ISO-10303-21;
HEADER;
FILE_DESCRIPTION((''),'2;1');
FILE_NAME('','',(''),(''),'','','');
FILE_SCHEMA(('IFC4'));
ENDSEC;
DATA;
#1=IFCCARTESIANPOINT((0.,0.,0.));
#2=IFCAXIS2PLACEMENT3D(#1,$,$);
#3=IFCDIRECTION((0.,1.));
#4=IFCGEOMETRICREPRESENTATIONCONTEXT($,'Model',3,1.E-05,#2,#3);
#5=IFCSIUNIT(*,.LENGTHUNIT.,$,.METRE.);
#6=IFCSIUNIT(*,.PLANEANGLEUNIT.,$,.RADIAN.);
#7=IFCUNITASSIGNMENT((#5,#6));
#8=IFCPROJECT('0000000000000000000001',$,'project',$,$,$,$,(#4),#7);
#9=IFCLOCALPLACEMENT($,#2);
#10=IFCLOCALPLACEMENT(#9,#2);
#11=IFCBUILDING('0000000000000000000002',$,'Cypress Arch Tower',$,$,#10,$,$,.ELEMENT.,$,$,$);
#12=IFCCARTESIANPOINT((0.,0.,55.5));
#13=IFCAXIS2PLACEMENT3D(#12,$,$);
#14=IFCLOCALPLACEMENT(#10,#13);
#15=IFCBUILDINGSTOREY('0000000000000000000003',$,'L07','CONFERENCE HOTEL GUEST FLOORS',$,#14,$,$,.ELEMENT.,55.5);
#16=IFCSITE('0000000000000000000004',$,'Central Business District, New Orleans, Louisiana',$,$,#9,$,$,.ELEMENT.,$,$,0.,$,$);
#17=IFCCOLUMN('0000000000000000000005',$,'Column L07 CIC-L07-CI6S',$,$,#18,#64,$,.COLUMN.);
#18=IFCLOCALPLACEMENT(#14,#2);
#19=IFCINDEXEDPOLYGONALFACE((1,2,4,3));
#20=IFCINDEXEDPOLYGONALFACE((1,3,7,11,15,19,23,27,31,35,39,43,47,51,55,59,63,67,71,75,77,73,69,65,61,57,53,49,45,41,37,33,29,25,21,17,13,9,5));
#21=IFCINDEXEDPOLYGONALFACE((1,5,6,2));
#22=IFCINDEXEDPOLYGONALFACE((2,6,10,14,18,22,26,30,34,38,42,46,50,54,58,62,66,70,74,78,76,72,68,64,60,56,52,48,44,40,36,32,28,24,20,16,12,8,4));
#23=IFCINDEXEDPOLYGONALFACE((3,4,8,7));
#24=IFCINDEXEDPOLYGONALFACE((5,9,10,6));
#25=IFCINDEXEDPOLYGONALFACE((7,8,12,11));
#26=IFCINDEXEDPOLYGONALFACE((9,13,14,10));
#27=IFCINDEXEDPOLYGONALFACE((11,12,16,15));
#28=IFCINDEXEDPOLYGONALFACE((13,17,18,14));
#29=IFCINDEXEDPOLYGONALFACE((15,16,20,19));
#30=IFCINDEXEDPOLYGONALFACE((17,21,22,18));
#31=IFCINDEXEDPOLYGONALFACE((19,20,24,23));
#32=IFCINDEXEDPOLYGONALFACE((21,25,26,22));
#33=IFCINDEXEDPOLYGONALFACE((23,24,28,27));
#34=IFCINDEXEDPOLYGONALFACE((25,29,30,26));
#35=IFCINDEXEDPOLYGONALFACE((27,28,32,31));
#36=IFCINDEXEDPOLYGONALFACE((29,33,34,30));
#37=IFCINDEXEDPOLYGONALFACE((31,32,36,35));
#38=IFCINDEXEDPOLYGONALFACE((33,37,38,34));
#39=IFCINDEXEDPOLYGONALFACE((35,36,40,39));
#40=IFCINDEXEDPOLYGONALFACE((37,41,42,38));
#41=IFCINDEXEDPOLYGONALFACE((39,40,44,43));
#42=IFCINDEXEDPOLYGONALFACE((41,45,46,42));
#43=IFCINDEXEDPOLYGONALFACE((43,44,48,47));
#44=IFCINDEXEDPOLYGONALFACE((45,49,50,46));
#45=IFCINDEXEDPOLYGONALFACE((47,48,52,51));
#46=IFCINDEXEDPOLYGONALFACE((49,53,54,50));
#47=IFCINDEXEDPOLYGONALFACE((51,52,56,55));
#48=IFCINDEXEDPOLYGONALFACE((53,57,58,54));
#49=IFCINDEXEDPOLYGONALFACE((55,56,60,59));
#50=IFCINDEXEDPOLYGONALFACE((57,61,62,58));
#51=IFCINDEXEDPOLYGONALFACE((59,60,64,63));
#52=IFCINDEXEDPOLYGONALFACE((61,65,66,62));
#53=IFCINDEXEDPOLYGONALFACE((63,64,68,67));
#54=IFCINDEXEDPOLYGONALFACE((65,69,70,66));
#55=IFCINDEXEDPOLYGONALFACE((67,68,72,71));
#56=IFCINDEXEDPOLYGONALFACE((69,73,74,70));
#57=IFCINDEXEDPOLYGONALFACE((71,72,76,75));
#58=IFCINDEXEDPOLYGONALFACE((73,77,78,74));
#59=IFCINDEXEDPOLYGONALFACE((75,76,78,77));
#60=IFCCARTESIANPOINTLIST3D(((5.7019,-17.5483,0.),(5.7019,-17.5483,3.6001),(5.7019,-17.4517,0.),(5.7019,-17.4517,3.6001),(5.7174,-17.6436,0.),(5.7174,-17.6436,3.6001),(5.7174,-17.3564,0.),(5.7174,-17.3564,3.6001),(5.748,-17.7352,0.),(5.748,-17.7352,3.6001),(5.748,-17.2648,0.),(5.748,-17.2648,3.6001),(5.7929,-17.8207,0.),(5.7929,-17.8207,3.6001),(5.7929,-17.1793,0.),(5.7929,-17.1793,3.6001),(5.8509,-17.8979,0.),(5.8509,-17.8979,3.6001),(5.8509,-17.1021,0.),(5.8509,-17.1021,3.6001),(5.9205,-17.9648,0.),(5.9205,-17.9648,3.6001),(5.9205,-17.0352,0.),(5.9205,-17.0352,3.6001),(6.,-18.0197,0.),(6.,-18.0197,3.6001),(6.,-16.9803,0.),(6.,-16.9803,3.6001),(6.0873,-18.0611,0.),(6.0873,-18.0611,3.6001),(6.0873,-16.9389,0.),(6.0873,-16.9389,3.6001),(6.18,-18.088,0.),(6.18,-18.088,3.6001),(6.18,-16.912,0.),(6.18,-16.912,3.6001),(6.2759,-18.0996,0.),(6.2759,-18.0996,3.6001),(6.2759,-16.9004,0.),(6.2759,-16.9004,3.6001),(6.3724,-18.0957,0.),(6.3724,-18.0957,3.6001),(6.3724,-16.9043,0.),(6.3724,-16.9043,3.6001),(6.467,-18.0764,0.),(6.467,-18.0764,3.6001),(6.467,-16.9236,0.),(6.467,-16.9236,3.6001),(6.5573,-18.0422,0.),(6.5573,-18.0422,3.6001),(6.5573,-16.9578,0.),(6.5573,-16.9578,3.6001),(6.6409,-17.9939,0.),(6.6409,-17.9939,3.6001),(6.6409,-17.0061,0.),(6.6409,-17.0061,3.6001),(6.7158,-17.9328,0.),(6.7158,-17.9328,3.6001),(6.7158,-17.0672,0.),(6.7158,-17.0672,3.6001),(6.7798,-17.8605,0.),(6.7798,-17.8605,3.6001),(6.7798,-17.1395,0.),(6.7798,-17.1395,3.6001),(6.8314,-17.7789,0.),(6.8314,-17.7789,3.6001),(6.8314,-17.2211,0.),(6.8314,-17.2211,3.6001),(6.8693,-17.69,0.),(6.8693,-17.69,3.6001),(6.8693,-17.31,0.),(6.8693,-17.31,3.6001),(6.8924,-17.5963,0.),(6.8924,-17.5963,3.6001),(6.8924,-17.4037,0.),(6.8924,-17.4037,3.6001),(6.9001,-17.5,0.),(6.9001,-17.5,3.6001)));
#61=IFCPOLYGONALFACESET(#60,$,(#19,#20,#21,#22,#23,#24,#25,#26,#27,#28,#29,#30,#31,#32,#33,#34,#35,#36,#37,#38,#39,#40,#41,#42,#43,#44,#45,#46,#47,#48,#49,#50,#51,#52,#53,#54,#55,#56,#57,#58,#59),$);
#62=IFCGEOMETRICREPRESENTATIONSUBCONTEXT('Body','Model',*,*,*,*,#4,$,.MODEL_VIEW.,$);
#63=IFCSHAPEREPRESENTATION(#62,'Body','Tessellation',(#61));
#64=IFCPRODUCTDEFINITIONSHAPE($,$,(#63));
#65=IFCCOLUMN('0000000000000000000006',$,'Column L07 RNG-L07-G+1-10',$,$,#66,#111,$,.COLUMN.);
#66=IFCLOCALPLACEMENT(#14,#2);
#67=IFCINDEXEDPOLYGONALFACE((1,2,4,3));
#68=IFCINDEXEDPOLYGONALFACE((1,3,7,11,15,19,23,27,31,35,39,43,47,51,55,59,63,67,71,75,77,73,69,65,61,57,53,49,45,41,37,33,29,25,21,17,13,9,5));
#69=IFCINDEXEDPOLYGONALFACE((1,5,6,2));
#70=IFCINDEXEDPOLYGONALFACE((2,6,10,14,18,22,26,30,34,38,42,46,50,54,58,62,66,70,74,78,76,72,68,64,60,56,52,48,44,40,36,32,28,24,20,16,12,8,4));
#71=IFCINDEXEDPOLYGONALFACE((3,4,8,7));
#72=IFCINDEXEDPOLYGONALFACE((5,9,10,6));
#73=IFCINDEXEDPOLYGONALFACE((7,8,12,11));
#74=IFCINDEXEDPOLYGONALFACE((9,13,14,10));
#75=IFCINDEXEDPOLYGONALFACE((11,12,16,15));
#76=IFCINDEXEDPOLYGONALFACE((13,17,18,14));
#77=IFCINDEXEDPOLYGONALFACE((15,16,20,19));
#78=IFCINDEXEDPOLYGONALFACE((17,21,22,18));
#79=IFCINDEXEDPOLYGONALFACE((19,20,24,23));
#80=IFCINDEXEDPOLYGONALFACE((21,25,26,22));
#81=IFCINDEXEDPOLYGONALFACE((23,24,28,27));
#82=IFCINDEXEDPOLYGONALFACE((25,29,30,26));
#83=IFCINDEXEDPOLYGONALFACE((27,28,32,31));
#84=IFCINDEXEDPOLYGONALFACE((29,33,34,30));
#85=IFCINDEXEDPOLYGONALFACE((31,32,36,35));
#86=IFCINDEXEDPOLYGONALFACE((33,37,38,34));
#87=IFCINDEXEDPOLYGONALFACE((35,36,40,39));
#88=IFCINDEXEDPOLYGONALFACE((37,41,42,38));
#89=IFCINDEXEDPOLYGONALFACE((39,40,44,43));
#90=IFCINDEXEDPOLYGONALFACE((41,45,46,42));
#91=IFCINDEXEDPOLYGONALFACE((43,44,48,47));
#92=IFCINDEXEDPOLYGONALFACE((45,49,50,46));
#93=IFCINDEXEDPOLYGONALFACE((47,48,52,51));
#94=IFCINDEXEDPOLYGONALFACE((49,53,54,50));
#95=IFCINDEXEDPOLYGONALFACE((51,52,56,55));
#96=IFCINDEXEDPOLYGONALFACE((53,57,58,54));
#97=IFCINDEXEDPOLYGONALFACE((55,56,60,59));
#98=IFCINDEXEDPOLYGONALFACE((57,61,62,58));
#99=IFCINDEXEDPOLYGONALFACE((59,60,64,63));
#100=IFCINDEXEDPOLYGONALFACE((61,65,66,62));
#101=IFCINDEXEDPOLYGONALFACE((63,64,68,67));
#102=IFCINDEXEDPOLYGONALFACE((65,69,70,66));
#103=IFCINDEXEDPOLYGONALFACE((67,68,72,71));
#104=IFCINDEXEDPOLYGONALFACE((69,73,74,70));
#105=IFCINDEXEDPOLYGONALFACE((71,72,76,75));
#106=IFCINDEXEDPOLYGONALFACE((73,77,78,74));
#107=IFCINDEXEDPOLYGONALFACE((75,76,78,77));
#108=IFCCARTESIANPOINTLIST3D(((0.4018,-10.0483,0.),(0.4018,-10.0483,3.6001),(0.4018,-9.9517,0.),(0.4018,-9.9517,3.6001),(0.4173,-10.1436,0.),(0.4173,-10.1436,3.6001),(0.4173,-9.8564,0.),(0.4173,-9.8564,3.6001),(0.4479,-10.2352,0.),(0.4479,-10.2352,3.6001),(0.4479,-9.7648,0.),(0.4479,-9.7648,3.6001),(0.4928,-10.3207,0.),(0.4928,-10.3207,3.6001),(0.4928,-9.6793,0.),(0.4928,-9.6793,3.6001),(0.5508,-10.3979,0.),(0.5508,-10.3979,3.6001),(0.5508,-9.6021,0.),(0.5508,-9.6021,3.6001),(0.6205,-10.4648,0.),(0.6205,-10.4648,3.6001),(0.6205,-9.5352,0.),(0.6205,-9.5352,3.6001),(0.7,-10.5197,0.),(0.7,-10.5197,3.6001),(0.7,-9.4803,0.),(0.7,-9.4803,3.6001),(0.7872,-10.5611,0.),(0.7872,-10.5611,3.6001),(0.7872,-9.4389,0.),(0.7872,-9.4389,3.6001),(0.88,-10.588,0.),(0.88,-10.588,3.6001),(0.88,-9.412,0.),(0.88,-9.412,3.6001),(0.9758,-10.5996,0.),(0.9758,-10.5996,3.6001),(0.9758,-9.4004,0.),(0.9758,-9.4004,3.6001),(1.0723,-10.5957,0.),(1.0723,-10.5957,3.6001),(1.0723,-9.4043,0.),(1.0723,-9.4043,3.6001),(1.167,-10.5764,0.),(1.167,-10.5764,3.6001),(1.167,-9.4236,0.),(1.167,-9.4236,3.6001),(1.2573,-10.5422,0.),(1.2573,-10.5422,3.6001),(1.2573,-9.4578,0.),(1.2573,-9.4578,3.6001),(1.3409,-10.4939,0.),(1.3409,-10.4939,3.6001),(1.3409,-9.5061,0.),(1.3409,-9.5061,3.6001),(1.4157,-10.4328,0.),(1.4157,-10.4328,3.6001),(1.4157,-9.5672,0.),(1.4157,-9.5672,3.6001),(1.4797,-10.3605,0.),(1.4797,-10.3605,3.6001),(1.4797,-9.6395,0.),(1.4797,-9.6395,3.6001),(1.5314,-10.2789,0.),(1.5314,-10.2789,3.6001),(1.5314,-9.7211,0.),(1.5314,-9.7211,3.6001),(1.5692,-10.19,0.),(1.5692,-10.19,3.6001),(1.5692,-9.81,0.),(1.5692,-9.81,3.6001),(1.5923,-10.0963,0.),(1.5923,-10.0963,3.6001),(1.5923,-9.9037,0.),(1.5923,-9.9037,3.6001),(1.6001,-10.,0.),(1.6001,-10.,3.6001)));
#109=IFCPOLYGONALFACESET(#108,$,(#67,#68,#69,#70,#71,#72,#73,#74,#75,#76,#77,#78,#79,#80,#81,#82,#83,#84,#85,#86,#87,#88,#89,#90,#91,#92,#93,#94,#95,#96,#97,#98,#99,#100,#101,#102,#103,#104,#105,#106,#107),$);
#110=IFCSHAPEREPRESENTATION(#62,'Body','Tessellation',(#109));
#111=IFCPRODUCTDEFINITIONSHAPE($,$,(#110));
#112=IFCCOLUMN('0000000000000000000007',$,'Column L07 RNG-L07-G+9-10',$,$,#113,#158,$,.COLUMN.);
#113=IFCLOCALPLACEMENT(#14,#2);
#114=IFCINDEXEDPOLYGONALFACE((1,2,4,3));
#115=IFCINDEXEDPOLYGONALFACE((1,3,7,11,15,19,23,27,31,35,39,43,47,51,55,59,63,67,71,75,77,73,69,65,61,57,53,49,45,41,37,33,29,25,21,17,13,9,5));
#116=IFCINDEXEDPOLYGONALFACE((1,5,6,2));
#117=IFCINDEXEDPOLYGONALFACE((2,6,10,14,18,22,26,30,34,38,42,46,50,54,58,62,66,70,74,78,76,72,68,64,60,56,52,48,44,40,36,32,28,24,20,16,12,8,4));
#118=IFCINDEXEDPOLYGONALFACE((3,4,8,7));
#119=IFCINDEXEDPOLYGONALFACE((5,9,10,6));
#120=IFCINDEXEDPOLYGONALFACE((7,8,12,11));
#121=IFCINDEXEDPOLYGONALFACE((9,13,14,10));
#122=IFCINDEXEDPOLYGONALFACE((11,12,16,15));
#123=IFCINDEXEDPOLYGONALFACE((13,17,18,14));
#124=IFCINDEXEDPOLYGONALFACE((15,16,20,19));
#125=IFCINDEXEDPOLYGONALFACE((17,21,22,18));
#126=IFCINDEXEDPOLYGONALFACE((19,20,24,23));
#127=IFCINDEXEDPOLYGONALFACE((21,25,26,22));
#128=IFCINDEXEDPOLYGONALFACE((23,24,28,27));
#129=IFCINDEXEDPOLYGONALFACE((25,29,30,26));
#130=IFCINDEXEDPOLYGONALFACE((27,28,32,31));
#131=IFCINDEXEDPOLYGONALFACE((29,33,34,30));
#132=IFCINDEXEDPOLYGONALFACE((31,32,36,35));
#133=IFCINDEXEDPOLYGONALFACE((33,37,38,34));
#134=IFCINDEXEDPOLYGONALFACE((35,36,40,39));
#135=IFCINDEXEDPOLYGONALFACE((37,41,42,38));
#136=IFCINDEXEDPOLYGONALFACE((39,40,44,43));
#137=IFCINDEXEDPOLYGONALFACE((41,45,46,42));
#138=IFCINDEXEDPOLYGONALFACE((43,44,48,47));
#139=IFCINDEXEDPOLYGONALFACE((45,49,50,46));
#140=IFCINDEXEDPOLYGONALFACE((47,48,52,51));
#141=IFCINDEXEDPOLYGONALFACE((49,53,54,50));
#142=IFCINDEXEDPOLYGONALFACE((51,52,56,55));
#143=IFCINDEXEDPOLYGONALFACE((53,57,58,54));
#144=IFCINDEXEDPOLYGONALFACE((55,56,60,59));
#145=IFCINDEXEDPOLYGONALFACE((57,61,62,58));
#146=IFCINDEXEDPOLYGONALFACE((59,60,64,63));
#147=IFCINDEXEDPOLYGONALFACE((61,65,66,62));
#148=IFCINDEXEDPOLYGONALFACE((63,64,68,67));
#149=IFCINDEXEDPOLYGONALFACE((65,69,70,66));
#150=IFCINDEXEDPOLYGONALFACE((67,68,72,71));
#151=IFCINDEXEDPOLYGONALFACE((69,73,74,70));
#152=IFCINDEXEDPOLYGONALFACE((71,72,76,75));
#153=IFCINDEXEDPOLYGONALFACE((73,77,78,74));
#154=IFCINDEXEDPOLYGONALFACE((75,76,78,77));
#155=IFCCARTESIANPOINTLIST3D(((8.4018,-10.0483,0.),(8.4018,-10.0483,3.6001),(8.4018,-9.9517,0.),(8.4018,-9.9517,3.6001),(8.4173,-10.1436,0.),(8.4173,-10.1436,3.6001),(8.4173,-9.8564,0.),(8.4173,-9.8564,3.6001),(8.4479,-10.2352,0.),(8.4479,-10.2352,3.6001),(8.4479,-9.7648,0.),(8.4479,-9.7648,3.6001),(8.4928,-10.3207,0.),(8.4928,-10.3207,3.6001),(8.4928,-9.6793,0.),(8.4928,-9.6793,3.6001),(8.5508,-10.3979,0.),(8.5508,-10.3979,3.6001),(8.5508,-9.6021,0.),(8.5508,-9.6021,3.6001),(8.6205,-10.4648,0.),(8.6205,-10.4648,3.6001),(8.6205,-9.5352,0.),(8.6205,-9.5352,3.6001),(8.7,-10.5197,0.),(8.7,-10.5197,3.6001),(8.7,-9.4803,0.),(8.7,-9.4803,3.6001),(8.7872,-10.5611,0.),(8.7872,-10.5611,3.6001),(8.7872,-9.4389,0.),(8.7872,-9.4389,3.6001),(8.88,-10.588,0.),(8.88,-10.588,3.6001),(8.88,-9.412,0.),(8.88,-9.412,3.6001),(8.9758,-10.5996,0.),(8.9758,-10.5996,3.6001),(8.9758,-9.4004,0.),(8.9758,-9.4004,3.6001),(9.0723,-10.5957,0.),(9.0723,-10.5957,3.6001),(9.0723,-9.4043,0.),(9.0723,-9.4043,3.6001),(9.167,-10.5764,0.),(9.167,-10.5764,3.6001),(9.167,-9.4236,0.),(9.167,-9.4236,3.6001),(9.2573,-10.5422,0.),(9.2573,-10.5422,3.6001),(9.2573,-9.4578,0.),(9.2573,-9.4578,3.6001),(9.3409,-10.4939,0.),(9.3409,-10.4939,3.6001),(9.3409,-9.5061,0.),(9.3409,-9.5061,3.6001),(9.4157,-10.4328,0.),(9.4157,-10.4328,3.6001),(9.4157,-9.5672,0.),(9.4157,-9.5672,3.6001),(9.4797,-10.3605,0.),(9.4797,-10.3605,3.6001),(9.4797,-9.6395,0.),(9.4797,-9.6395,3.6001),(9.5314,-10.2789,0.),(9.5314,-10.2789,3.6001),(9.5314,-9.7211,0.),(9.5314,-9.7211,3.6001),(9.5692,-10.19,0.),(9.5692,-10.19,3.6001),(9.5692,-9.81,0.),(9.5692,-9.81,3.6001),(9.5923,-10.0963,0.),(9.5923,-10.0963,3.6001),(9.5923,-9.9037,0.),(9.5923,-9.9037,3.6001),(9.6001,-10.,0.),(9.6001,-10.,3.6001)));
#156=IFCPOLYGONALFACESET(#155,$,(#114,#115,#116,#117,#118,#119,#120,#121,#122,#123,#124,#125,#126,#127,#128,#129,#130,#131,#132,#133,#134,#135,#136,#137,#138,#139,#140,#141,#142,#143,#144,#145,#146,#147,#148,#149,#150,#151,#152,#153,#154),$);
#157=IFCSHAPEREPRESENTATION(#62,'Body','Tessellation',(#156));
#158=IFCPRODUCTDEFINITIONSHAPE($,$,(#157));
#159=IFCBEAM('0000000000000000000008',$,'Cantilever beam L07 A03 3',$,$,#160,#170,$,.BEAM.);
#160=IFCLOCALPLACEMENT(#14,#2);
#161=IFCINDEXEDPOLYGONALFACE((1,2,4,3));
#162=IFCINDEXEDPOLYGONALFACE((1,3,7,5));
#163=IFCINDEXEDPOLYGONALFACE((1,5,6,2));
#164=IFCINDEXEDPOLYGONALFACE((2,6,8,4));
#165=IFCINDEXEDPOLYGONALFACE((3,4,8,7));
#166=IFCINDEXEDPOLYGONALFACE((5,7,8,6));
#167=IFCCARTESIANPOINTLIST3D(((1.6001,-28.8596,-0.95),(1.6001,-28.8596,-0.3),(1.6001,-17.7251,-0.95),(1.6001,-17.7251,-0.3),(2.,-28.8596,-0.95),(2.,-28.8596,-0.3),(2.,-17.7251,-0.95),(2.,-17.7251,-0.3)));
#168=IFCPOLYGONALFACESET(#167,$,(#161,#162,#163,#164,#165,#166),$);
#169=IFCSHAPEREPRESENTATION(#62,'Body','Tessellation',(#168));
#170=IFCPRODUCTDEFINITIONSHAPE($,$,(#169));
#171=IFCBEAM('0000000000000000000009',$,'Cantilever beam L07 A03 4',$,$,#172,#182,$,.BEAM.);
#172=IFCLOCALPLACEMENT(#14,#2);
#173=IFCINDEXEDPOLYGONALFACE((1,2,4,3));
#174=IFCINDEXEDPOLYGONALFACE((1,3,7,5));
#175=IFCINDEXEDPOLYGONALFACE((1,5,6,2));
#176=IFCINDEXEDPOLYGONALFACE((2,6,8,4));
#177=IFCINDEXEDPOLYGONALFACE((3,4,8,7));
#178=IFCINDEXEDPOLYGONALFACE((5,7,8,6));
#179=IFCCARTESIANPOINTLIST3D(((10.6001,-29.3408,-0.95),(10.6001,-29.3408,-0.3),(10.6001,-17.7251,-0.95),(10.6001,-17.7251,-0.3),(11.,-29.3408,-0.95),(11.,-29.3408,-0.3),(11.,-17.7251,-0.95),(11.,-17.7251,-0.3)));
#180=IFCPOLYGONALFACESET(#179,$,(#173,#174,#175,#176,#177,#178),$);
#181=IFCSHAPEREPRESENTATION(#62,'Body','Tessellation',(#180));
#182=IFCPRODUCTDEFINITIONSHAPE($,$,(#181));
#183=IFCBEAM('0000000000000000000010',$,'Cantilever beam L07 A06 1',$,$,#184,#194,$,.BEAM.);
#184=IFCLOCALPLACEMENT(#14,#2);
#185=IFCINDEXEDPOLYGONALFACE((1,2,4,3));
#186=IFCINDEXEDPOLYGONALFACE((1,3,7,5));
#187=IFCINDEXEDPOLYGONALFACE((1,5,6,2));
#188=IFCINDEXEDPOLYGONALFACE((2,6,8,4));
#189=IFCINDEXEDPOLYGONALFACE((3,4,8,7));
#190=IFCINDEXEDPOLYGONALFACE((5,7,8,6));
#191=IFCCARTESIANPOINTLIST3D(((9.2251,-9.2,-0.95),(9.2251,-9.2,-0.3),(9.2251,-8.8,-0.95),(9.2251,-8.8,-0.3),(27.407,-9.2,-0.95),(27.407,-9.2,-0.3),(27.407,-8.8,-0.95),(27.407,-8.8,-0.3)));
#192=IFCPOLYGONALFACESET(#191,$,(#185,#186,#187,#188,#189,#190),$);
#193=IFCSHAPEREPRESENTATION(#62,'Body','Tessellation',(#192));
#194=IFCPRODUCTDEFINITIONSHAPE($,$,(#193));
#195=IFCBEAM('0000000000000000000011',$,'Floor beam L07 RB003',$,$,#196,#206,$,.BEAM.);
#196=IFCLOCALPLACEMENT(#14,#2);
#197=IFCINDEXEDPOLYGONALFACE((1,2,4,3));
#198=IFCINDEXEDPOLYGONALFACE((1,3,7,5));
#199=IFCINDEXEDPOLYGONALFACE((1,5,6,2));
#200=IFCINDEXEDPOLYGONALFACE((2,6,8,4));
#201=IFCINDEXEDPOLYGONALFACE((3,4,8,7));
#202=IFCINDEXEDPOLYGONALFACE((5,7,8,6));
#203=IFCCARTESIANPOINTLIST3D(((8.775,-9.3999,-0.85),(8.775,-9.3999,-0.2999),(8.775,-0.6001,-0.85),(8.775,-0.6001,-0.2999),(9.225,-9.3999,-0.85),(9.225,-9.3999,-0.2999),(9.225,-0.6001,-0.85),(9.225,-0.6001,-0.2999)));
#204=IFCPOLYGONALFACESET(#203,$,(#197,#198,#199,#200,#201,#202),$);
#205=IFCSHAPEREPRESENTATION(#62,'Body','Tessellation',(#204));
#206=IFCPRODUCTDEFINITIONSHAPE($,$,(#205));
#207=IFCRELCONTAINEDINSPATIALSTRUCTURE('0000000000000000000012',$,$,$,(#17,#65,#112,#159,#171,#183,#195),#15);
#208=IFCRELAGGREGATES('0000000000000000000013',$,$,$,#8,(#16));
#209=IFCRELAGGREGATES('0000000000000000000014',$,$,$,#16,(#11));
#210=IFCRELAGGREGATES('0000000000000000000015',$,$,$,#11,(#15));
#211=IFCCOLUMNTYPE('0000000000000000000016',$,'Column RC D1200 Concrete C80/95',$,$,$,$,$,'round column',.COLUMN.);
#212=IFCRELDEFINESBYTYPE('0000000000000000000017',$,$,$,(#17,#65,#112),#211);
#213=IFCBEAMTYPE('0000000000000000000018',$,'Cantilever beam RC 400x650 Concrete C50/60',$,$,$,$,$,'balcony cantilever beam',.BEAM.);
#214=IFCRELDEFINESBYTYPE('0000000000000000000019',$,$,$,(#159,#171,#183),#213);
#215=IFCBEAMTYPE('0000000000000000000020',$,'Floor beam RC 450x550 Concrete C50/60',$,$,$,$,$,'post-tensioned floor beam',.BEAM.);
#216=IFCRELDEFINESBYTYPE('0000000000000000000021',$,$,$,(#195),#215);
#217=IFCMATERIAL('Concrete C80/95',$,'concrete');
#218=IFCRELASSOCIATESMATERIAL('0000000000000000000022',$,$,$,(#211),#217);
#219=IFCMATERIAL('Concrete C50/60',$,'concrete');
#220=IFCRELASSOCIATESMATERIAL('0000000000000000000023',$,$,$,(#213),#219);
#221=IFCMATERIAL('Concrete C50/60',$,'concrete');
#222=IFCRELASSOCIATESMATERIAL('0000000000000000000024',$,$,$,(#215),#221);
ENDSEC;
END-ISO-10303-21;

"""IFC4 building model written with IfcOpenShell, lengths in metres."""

from ifc_helpers import new_model, si_unit, direction, frame, origin, origin_2d, place, context, subcontext, project, spatial, rectangle, circle, extrude, material, material_profile, profile_set, type_object, element, save


model = new_model("IFC4")

# Units and contexts
model_context = context("Model", 3, precision=1e-05, world=origin(), true_north=direction((0.0, 1.0)))
body_context = subcontext(model_context, "Body", "Model", "MODEL_VIEW")
ifc_project = project(units=[si_unit("LENGTHUNIT", "METRE"), si_unit("PLANEANGLEUNIT", "RADIAN")], contexts=[model_context])

# Site, building, storey
site_placement = place(None, origin())
site = spatial("IfcSite", under=ifc_project, at=site_placement, Name="Central Business District, New Orleans, Louisiana", CompositionType="ELEMENT", RefElevation=0.0)
building_placement = place(site_placement, origin())
building = spatial("IfcBuilding", under=site, at=building_placement, Name="Cypress Arch Tower", CompositionType="ELEMENT")
storey_placement = place(building_placement, frame((0.0, 0.0, 55.5)))
storey = spatial("IfcBuildingStorey", under=building, at=storey_placement, Name="L07", Description="CONFERENCE HOTEL GUEST FLOORS", CompositionType="ELEMENT", Elevation=55.5)

# Columns
ifc_material_1 = material(Name="Concrete C80/95", Category="concrete")
ifc_material_profile_1 = material_profile(ifc_material_1, circle(Radius=0.6001, at=origin_2d()), Name="RC D1200")
ifc_profile_set_1 = profile_set([ifc_material_profile_1], Name="Concrete C80/95")
column_type = type_object("IfcColumnType", Name="Column RC D1200 Concrete C80/95", ElementType="round column", PredefinedType="COLUMN", material=ifc_profile_set_1)
for number, where, z_axis, x_axis, name in (
    (1, (6.3, -17.5, 0.0), (0.0, 0.0, 1.0), (1.0, 0.0, 0.0), "Column L07 CIC-L07-CI6S"),
    (2, (1.0, -10.0, 0.0), (0.0, 0.0, 1.0), (1.0, 0.0, 0.0), "Column L07 RNG-L07-G+1-10"),
    (3, (9.0, -10.0, 0.0), (0.0, 0.0, 1.0), (1.0, 0.0, 0.0), "Column L07 RNG-L07-G+9-10"),
):
    element("IfcColumn", number, at=place(storey_placement, frame(where, z_axis=z_axis, x_axis=x_axis)), inside=storey, type_object=column_type, Name=name, PredefinedType="COLUMN", context=body_context, shape_type="SweptSolid", body=[
        extrude(circle(Radius=0.6001, at=origin_2d()), origin(), (0.0, 0.0, 1.0), 3.6001),
    ])

# Beams
ifc_material_2 = material(Name="Concrete C50/60", Category="concrete")
ifc_material_profile_2 = material_profile(ifc_material_2, rectangle(XDim=0.3999, YDim=0.6499, at=origin_2d()), Name="RC 400x650")
ifc_profile_set_2 = profile_set([ifc_material_profile_2], Name="Concrete C50/60")
beam_type_1 = type_object("IfcBeamType", Name="Cantilever beam RC 400x650 Concrete C50/60", ElementType="balcony cantilever beam", PredefinedType="BEAM", material=ifc_profile_set_2)
beam_1_placement = place(storey_placement, frame((1.8, -17.7251, -0.625), z_axis=(0.0, -1.0, 0.0), x_axis=(1.0, 0.0, 0.0)))
element("IfcBeam", 4, at=beam_1_placement, inside=storey, type_object=beam_type_1, Name="Cantilever beam L07 A03 3", PredefinedType="BEAM", context=body_context, shape_type="SweptSolid", body=[
    extrude(rectangle(XDim=0.3999, YDim=0.6499, at=origin_2d()), origin(), (0.0, 0.0, 1.0), 11.1345),
])
beam_2_placement = place(storey_placement, frame((10.8, -17.7251, -0.625), z_axis=(0.0, -1.0, 0.0), x_axis=(1.0, 0.0, 0.0)))
element("IfcBeam", 5, at=beam_2_placement, inside=storey, type_object=beam_type_1, Name="Cantilever beam L07 A03 4", PredefinedType="BEAM", context=body_context, shape_type="SweptSolid", body=[
    extrude(rectangle(XDim=0.3999, YDim=0.6499, at=origin_2d()), origin(), (0.0, 0.0, 1.0), 11.6157),
])
beam_3_placement = place(storey_placement, frame((9.2251, -9.0, -0.625), z_axis=(1.0, 0.0, 0.0), x_axis=(0.0, 1.0, 0.0)))
element("IfcBeam", 6, at=beam_3_placement, inside=storey, type_object=beam_type_1, Name="Cantilever beam L07 A06 1", PredefinedType="BEAM", context=body_context, shape_type="SweptSolid", body=[
    extrude(rectangle(XDim=0.3999, YDim=0.6499, at=origin_2d()), origin(), (0.0, 0.0, 1.0), 18.1819),
])
ifc_material_3 = material(Name="Concrete C50/60", Category="concrete")
ifc_material_profile_3 = material_profile(ifc_material_3, rectangle(XDim=0.45, YDim=0.55, at=origin_2d()), Name="RC 450x550")
ifc_profile_set_3 = profile_set([ifc_material_profile_3], Name="Concrete C50/60")
beam_type_2 = type_object("IfcBeamType", Name="Floor beam RC 450x550 Concrete C50/60", ElementType="post-tensioned floor beam", PredefinedType="BEAM", material=ifc_profile_set_3)
beam_4_placement = place(storey_placement, frame((9.0, -9.3999, -0.575), z_axis=(0.0, 1.0, 0.0), x_axis=(-1.0, 0.0, 0.0)))
element("IfcBeam", 7, at=beam_4_placement, inside=storey, type_object=beam_type_2, Name="Floor beam L07 RB003", PredefinedType="BEAM", context=body_context, shape_type="SweptSolid", body=[
    extrude(rectangle(XDim=0.45, YDim=0.55, at=origin_2d()), origin(), (0.0, 0.0, 1.0), 8.7998),
])

save(model, "model.ifc")
